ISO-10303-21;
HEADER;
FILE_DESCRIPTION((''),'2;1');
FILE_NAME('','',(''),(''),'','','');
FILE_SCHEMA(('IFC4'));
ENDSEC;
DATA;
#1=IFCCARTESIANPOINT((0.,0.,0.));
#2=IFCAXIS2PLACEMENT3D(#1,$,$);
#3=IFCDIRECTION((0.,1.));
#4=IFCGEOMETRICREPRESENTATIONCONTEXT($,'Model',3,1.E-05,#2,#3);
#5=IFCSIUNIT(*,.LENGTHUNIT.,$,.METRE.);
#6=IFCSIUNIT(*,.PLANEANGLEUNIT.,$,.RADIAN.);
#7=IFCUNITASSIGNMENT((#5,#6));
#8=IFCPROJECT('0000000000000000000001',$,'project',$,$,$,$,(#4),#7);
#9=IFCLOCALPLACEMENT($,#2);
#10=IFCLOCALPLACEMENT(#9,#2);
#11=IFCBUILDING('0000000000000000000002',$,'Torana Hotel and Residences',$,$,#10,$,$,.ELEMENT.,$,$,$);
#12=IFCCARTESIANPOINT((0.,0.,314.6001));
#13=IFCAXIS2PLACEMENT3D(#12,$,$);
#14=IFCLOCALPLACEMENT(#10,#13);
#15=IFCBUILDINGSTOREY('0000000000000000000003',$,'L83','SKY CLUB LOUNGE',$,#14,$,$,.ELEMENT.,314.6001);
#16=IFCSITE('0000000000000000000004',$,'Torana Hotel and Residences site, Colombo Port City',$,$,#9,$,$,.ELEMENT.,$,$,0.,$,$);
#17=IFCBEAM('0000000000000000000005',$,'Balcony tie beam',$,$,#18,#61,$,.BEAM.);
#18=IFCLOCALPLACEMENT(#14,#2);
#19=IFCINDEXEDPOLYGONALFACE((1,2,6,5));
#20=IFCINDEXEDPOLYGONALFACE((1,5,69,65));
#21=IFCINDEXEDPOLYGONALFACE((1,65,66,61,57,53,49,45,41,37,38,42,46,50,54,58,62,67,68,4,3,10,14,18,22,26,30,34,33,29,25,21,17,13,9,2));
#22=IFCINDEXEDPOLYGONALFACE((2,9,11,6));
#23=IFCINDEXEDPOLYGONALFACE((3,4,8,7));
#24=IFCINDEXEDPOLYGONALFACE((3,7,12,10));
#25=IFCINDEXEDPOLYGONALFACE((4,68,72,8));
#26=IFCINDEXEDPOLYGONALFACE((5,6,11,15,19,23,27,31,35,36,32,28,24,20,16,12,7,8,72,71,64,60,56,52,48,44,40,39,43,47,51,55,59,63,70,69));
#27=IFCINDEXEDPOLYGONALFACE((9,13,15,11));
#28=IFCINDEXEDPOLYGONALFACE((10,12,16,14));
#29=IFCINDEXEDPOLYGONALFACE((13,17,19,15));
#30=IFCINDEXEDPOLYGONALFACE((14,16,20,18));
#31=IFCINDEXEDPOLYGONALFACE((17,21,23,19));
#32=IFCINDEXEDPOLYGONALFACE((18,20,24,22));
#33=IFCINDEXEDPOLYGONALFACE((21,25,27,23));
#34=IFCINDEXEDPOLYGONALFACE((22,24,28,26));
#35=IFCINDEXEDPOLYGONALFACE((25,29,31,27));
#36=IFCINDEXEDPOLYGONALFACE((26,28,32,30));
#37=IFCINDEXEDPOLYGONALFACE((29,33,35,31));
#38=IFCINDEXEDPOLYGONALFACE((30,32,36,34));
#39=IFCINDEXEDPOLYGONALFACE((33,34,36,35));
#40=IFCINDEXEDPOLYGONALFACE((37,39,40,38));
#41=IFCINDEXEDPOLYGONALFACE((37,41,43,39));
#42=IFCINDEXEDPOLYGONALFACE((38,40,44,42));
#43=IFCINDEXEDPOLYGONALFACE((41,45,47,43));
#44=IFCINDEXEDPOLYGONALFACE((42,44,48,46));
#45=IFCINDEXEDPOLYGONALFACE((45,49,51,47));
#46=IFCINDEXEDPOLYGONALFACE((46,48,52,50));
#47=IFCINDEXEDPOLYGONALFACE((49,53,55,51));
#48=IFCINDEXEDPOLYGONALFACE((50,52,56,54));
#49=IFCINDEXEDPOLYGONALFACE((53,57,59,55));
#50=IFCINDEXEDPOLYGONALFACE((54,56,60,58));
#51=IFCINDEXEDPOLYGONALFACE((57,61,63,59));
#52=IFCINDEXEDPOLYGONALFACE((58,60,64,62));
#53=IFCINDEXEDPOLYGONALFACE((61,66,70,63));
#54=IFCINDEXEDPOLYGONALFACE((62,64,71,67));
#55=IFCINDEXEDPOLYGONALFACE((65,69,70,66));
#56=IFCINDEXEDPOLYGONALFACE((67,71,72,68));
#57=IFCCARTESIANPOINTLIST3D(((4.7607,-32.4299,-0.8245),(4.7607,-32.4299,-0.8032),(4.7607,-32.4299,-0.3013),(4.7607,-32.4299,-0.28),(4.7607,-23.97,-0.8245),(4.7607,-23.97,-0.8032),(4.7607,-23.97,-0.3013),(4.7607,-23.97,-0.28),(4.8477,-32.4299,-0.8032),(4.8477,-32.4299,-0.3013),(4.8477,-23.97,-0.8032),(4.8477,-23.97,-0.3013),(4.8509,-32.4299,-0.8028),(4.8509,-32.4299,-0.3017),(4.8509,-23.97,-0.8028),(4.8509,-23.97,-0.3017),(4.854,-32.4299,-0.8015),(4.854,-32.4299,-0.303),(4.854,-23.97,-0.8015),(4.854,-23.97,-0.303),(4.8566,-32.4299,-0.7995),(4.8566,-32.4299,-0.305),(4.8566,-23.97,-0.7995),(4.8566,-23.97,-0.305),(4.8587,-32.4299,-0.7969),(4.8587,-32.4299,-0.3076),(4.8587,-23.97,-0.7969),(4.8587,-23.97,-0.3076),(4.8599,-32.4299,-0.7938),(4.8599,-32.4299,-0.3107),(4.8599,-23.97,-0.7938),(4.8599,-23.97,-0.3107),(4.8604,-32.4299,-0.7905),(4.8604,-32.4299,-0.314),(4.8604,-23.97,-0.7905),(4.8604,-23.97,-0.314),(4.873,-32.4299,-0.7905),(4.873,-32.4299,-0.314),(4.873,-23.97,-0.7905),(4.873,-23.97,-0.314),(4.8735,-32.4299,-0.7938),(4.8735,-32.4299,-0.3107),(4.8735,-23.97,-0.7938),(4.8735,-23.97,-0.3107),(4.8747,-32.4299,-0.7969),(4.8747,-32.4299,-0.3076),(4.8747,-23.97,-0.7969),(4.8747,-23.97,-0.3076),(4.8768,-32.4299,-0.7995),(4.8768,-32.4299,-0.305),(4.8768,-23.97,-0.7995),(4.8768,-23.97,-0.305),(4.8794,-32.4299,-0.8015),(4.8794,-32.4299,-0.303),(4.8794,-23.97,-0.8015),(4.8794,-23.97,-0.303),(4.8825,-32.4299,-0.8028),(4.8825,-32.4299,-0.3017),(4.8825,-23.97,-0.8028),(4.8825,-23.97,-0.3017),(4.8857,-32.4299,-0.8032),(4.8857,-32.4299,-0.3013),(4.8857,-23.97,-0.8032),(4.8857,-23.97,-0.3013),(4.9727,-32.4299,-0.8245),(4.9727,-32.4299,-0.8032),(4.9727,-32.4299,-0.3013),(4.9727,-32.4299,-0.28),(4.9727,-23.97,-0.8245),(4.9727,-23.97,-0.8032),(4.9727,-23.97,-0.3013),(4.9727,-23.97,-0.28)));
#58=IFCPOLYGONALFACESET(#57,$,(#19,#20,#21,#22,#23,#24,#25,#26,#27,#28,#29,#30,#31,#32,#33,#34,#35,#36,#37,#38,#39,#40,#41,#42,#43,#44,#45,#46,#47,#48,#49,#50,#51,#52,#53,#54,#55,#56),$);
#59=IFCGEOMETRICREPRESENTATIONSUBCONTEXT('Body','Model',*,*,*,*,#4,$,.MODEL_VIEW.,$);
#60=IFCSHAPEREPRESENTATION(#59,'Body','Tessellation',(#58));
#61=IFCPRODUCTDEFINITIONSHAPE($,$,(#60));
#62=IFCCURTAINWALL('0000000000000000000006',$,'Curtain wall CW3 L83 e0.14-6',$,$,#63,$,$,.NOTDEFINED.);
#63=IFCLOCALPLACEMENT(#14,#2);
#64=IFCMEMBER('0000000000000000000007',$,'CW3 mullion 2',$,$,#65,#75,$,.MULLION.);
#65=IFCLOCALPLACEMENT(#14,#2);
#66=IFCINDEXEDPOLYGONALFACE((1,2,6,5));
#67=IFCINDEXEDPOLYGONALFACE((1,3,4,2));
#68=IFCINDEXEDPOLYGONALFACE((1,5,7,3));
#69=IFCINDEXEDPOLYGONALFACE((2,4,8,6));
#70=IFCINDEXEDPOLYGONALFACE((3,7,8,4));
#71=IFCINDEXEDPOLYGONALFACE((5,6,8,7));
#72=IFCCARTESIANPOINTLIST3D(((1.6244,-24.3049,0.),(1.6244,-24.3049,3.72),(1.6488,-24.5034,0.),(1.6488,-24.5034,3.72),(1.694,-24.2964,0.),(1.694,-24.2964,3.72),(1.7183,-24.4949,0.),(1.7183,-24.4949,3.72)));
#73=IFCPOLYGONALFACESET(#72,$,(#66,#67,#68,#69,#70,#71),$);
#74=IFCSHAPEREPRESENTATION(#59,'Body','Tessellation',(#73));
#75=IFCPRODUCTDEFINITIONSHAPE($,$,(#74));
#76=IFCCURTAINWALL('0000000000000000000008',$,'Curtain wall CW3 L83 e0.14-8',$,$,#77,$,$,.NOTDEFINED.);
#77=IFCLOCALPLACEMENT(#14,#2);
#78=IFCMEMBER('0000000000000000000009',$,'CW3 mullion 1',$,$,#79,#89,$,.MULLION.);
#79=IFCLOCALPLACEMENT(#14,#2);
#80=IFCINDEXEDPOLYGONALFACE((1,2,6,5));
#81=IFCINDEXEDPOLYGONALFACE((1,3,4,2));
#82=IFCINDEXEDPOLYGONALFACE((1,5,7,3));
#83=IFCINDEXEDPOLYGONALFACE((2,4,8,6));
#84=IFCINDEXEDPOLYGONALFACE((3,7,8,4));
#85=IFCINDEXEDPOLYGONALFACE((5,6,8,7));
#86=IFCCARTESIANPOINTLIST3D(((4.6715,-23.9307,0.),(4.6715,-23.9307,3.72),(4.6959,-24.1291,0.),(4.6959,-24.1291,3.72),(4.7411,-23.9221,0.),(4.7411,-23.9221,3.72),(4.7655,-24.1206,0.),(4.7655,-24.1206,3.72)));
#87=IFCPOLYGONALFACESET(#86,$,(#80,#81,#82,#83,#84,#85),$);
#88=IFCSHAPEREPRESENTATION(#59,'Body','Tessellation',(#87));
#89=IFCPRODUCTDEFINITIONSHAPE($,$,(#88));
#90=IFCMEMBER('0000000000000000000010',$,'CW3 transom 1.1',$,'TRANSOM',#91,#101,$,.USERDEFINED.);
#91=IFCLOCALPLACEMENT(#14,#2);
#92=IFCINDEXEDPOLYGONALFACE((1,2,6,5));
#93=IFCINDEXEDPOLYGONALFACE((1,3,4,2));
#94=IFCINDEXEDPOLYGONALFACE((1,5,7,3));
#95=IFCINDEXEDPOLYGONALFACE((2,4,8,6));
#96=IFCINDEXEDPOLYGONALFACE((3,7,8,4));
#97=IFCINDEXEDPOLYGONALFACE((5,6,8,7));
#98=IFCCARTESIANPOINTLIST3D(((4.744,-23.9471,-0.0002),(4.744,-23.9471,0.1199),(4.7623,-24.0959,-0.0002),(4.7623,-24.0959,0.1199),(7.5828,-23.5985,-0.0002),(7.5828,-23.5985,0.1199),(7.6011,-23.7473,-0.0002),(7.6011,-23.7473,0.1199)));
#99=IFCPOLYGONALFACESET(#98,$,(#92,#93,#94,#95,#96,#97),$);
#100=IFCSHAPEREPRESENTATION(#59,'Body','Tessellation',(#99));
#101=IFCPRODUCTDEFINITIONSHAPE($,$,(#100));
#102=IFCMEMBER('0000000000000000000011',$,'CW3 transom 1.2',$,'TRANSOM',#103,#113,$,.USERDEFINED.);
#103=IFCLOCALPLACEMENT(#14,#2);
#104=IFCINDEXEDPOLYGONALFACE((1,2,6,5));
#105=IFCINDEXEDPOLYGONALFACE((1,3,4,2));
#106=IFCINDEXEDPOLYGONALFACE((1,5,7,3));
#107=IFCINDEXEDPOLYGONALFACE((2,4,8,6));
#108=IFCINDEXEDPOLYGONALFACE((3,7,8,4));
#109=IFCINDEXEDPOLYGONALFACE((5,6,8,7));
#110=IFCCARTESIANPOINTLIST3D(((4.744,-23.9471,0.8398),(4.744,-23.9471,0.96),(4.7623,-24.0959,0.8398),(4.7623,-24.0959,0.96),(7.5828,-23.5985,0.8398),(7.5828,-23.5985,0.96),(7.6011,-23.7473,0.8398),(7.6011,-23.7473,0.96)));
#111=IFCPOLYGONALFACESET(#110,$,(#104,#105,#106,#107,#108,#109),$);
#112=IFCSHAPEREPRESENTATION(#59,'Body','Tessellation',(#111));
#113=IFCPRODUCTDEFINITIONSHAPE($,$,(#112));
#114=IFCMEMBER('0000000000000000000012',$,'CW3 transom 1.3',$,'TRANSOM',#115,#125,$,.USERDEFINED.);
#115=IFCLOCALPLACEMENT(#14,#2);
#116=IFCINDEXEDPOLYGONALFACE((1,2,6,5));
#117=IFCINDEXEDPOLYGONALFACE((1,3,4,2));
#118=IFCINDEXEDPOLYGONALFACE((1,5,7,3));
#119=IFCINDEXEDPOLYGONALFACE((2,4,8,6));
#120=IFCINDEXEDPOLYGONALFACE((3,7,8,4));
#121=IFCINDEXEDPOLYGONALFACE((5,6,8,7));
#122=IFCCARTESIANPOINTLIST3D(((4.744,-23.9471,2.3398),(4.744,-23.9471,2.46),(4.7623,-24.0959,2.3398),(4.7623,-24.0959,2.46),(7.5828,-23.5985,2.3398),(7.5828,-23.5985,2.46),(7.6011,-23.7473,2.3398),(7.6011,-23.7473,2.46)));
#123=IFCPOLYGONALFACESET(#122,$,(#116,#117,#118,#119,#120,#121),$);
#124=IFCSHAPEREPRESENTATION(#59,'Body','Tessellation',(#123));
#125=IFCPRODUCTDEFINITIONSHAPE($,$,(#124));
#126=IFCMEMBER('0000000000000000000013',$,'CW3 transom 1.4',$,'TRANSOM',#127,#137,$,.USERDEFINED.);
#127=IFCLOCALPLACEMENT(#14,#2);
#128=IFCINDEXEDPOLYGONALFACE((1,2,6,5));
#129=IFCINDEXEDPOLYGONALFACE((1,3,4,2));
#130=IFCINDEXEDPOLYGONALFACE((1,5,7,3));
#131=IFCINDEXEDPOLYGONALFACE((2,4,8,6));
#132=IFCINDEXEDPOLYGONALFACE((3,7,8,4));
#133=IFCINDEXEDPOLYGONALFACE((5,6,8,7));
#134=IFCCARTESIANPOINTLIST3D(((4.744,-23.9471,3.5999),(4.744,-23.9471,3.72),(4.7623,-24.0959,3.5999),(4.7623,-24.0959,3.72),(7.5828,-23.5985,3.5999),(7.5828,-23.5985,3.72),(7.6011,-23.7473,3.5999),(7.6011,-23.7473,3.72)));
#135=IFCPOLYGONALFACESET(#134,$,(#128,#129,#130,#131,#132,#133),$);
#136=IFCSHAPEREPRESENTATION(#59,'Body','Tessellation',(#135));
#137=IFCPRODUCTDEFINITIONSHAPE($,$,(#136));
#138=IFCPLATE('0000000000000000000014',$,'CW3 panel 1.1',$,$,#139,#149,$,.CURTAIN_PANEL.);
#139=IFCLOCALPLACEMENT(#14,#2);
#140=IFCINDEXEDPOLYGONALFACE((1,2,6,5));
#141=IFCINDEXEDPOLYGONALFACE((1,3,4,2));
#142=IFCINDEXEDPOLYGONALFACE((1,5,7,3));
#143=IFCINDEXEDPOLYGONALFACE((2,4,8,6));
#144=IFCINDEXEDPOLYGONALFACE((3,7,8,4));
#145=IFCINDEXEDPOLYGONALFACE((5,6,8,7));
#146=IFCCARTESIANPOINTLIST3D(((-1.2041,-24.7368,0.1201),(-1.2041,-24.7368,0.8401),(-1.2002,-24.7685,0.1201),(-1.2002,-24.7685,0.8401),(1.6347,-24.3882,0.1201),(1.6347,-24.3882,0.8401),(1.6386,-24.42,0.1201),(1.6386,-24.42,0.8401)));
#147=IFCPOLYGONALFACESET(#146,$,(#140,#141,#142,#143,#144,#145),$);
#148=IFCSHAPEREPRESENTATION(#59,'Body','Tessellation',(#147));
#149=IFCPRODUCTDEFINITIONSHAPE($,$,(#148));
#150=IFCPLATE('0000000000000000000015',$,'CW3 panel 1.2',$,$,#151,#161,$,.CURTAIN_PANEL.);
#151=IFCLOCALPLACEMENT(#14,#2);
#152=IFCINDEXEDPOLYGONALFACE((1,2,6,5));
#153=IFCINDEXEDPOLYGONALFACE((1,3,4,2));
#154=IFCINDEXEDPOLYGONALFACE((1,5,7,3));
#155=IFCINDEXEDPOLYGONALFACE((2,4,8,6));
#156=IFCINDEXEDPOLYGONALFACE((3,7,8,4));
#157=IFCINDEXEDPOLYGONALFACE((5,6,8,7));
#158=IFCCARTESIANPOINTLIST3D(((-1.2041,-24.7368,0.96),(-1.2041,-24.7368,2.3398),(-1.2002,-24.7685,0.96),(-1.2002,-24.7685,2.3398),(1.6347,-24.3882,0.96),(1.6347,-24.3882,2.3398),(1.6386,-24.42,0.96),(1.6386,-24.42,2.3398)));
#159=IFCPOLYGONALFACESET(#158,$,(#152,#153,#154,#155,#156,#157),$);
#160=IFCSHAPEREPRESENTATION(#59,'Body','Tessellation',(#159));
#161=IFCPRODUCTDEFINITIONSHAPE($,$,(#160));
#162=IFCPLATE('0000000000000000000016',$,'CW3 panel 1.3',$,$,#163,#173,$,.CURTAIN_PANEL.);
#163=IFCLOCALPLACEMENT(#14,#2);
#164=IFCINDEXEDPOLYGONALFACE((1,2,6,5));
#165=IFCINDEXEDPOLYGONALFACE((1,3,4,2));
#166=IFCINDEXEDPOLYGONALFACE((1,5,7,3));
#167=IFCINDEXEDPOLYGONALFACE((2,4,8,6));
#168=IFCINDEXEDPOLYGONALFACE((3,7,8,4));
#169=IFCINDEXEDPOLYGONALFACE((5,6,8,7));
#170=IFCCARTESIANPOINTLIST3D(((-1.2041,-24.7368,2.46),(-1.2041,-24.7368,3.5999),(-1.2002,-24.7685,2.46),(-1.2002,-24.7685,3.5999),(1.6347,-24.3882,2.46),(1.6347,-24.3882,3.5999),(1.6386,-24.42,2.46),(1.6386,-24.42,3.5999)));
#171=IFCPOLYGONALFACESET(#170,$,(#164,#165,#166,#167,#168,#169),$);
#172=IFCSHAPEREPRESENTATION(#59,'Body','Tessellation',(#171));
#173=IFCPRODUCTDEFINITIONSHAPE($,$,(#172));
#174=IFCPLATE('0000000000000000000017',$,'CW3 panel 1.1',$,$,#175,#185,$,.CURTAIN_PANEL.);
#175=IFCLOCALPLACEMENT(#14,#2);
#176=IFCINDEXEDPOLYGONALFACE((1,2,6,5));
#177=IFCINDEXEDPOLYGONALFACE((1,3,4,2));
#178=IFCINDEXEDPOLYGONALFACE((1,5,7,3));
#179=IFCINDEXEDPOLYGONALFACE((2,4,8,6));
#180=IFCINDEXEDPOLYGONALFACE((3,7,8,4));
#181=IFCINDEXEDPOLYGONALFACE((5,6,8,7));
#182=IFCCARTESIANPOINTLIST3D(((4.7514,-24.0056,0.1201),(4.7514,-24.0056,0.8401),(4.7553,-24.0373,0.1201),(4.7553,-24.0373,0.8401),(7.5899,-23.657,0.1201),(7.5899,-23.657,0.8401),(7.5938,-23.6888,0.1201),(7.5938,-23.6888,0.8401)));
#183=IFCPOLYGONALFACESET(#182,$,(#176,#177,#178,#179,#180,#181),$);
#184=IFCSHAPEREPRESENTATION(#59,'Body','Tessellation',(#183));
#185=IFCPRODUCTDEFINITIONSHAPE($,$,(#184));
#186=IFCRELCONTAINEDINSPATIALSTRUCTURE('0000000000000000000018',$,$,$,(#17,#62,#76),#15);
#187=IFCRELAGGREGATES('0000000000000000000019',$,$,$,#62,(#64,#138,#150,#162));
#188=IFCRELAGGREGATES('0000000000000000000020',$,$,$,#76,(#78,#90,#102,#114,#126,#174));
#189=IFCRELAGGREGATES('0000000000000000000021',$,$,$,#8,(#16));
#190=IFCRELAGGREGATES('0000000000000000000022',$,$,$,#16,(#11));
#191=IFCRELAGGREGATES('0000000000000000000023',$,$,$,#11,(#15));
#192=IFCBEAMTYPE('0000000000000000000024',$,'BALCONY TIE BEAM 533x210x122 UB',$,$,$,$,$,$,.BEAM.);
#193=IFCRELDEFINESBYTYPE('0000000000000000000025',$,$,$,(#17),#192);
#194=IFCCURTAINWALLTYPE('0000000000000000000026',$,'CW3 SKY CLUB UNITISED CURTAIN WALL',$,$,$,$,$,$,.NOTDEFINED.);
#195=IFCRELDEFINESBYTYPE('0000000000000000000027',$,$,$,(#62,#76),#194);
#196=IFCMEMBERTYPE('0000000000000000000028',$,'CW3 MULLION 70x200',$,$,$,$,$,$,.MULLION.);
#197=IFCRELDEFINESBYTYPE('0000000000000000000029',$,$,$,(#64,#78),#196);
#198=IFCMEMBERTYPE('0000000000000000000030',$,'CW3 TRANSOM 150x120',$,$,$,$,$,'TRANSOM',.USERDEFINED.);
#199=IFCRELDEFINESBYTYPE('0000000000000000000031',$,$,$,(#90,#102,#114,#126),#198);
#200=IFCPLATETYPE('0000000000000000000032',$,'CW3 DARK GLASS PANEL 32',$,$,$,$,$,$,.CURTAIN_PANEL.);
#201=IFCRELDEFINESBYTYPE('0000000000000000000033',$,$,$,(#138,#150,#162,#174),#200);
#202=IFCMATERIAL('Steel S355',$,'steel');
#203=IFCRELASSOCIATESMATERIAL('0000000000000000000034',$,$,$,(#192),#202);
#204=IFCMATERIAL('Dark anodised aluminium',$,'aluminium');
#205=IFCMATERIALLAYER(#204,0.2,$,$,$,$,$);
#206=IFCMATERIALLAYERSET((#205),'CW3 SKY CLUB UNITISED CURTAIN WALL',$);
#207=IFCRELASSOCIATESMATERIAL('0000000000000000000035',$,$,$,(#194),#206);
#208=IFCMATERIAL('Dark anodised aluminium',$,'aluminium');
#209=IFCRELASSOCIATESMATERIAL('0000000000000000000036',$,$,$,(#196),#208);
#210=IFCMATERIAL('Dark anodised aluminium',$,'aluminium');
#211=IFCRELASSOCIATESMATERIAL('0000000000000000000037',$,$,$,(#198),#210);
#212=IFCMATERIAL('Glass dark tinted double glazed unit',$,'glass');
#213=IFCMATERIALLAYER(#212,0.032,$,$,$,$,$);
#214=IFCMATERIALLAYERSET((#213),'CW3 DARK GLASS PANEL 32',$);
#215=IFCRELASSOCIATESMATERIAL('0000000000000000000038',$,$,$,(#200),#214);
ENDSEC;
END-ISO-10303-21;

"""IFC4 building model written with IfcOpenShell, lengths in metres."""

from ifc_helpers import new_model, si_unit, direction, frame, origin, origin_2d, place, context, subcontext, project, spatial, rectangle, i_section, extrude, material, layer, layer_set, material_profile, profile_set, type_object, element, aggregate, save


model = new_model("IFC4")

# Units and contexts
model_context = context("Model", 3, precision=1e-05, world=origin(), true_north=direction((0.0, 1.0)))
body_context = subcontext(model_context, "Body", "Model", "MODEL_VIEW")
ifc_project = project(units=[si_unit("LENGTHUNIT", "METRE"), si_unit("PLANEANGLEUNIT", "RADIAN")], contexts=[model_context])

# Site, building, storey
site_placement = place(None, origin())
site = spatial("IfcSite", under=ifc_project, at=site_placement, Name="Torana Hotel and Residences site, Colombo Port City", CompositionType="ELEMENT", RefElevation=0.0)
building_placement = place(site_placement, origin())
building = spatial("IfcBuilding", under=site, at=building_placement, Name="Torana Hotel and Residences", CompositionType="ELEMENT")
storey_placement = place(building_placement, frame((0.0, 0.0, 314.6001)))
storey = spatial("IfcBuildingStorey", under=building, at=storey_placement, Name="L83", Description="SKY CLUB LOUNGE", CompositionType="ELEMENT", Elevation=314.6001)

# Beam
ifc_material_1 = material(Name="Steel S355", Category="steel")
ifc_material_profile_1 = material_profile(ifc_material_1, i_section(OverallWidth=0.2119, OverallDepth=0.5444, WebThickness=0.0127, FlangeThickness=0.0212, FilletRadius=0.0127, at=origin_2d()), Name="533x210x122 UB")
ifc_profile_set_1 = profile_set([ifc_material_profile_1], Name="Steel S355")
beam_type = type_object("IfcBeamType", Name="BALCONY TIE BEAM 533x210x122 UB", PredefinedType="BEAM", material=ifc_profile_set_1)
beam_placement = place(storey_placement, frame((4.8667, -32.4299, -0.5522), z_axis=(0.0, 1.0, 0.0), x_axis=(-1.0, 0.0, 0.0)))
element("IfcBeam", 1, at=beam_placement, inside=storey, type_object=beam_type, Name="Balcony tie beam", PredefinedType="BEAM", context=body_context, shape_type="SweptSolid", body=[
    extrude(i_section(OverallWidth=0.2119, OverallDepth=0.5444, WebThickness=0.0127, FlangeThickness=0.0212, FilletRadius=0.0127, at=origin_2d()), origin(), (0.0, 0.0, 1.0), 8.46),
])

# Curtain wall, member
ifc_material_2 = material(Name="Dark anodised aluminium", Category="aluminium")
ifc_layer_1 = layer(ifc_material_2, 0.2)
ifc_layer_set_1 = layer_set([ifc_layer_1], Name="CW3 SKY CLUB UNITISED CURTAIN WALL")
curtain_wall_type = type_object("IfcCurtainWallType", Name="CW3 SKY CLUB UNITISED CURTAIN WALL", PredefinedType="NOTDEFINED", material=ifc_layer_set_1)
curtain_wall_1_placement = place(storey_placement, origin())
curtain_wall_1 = element("IfcCurtainWall", 2, at=curtain_wall_1_placement, inside=storey, type_object=curtain_wall_type, Name="Curtain wall CW3 L83 e0.14-6", PredefinedType="NOTDEFINED")
ifc_material_3 = material(Name="Dark anodised aluminium", Category="aluminium")
ifc_material_profile_2 = material_profile(ifc_material_3, rectangle(XDim=0.2, YDim=0.0701, at=origin_2d()), Name="CW3 MULLION 70x200")
ifc_profile_set_2 = profile_set([ifc_material_profile_2], Name="Dark anodised aluminium")
member_type_1 = type_object("IfcMemberType", Name="CW3 MULLION 70x200", PredefinedType="MULLION", material=ifc_profile_set_2)
member_1_placement = place(storey_placement, frame((1.6714, -24.3999, 0.0), z_axis=(0.0, 0.0, 1.0), x_axis=(-0.121864, 0.992547, 0.0)))
member_1 = element("IfcMember", 3, at=member_1_placement, type_object=member_type_1, Name="CW3 mullion 2", PredefinedType="MULLION", context=body_context, shape_type="SweptSolid", body=[
    extrude(rectangle(XDim=0.2, YDim=0.0701, at=origin_2d()), origin(), (0.0, 0.0, 1.0), 3.72),
])

# Curtain wall, members
curtain_wall_2_placement = place(storey_placement, origin())
curtain_wall_2 = element("IfcCurtainWall", 4, at=curtain_wall_2_placement, inside=storey, type_object=curtain_wall_type, Name="Curtain wall CW3 L83 e0.14-8", PredefinedType="NOTDEFINED")
member_2_placement = place(storey_placement, frame((4.7185, -24.0256, 0.0), z_axis=(0.0, 0.0, 1.0), x_axis=(-0.121868, 0.992546, 0.0)))
member_2 = element("IfcMember", 5, at=member_2_placement, type_object=member_type_1, Name="CW3 mullion 1", PredefinedType="MULLION", context=body_context, shape_type="SweptSolid", body=[
    extrude(rectangle(XDim=0.2, YDim=0.0701, at=origin_2d()), origin(), (0.0, 0.0, 1.0), 3.72),
])
ifc_material_4 = material(Name="Dark anodised aluminium", Category="aluminium")
ifc_material_profile_3 = material_profile(ifc_material_4, rectangle(XDim=0.1499, YDim=0.1201, at=origin_2d()), Name="CW3 TRANSOM 150x120")
ifc_profile_set_3 = profile_set([ifc_material_profile_3], Name="Dark anodised aluminium")
member_type_2 = type_object("IfcMemberType", Name="CW3 TRANSOM 150x120", ElementType="TRANSOM", PredefinedType="USERDEFINED", material=ifc_profile_set_3)
member_3_placement = place(storey_placement, frame((4.7532, -24.0215, 0.0598), z_axis=(0.992543, 0.121891, 0.0), x_axis=(-0.121891, 0.992543, 0.0)))
member_3 = element("IfcMember", 6, at=member_3_placement, type_object=member_type_2, Name="CW3 transom 1.1", ObjectType="TRANSOM", PredefinedType="USERDEFINED", context=body_context, shape_type="SweptSolid", body=[
    extrude(rectangle(XDim=0.1499, YDim=0.1201, at=origin_2d()), origin(), (0.0, 0.0, 1.0), 2.8601),
])
member_4_placement = place(storey_placement, frame((4.7532, -24.0215, 0.8999), z_axis=(0.992543, 0.121891, 0.0), x_axis=(-0.121891, 0.992543, 0.0)))
member_4 = element("IfcMember", 7, at=member_4_placement, type_object=member_type_2, Name="CW3 transom 1.2", ObjectType="TRANSOM", PredefinedType="USERDEFINED", context=body_context, shape_type="SweptSolid", body=[
    extrude(rectangle(XDim=0.1499, YDim=0.1201, at=origin_2d()), origin(), (0.0, 0.0, 1.0), 2.8601),
])
member_5_placement = place(storey_placement, frame((4.7532, -24.0215, 2.3999), z_axis=(0.992543, 0.121891, 0.0), x_axis=(-0.121891, 0.992543, 0.0)))
member_5 = element("IfcMember", 8, at=member_5_placement, type_object=member_type_2, Name="CW3 transom 1.3", ObjectType="TRANSOM", PredefinedType="USERDEFINED", context=body_context, shape_type="SweptSolid", body=[
    extrude(rectangle(XDim=0.1499, YDim=0.1201, at=origin_2d()), origin(), (0.0, 0.0, 1.0), 2.8601),
])
member_6_placement = place(storey_placement, frame((4.7532, -24.0215, 3.6599), z_axis=(0.992543, 0.121891, 0.0), x_axis=(-0.121891, 0.992543, 0.0)))
member_6 = element("IfcMember", 9, at=member_6_placement, type_object=member_type_2, Name="CW3 transom 1.4", ObjectType="TRANSOM", PredefinedType="USERDEFINED", context=body_context, shape_type="SweptSolid", body=[
    extrude(rectangle(XDim=0.1499, YDim=0.1201, at=origin_2d()), origin(), (0.0, 0.0, 1.0), 2.8601),
])

# Plates
ifc_material_5 = material(Name="Glass dark tinted double glazed unit", Category="glass")
ifc_layer_2 = layer(ifc_material_5, 0.032)
ifc_layer_set_2 = layer_set([ifc_layer_2], Name="CW3 DARK GLASS PANEL 32")
plate_type = type_object("IfcPlateType", Name="CW3 DARK GLASS PANEL 32", PredefinedType="CURTAIN_PANEL", material=ifc_layer_set_2)
plate_1_placement = place(storey_placement, frame((0.2173, -24.5784, 0.1201), z_axis=(0.0, 0.0, 1.0), x_axis=(0.992547, 0.121864, 0.0)))
plate_1 = element("IfcPlate", 10, at=plate_1_placement, type_object=plate_type, Name="CW3 panel 1.1", PredefinedType="CURTAIN_PANEL", context=body_context, shape_type="SweptSolid", body=[
    extrude(rectangle(XDim=2.8601, YDim=0.032, at=origin_2d()), origin(), (0.0, 0.0, 1.0), 0.72),
])
plate_2_placement = place(storey_placement, frame((0.2173, -24.5784, 0.96), z_axis=(0.0, 0.0, 1.0), x_axis=(0.992547, 0.121864, 0.0)))
plate_2 = element("IfcPlate", 11, at=plate_2_placement, type_object=plate_type, Name="CW3 panel 1.2", PredefinedType="CURTAIN_PANEL", context=body_context, shape_type="SweptSolid", body=[
    extrude(rectangle(XDim=2.8601, YDim=0.032, at=origin_2d()), origin(), (0.0, 0.0, 1.0), 1.3799),
])
plate_3_placement = place(storey_placement, frame((0.2173, -24.5784, 2.46), z_axis=(0.0, 0.0, 1.0), x_axis=(0.992547, 0.121864, 0.0)))
plate_3 = element("IfcPlate", 12, at=plate_3_placement, type_object=plate_type, Name="CW3 panel 1.3", PredefinedType="CURTAIN_PANEL", context=body_context, shape_type="SweptSolid", body=[
    extrude(rectangle(XDim=2.8601, YDim=0.032, at=origin_2d()), origin(), (0.0, 0.0, 1.0), 1.1399),
])
aggregate(curtain_wall_1, [member_1, plate_1, plate_2, plate_3])
plate_4_placement = place(storey_placement, frame((6.1726, -23.8472, 0.1201), z_axis=(0.0, 0.0, 1.0), x_axis=(0.992546, 0.121868, 0.0)))
plate_4 = element("IfcPlate", 13, at=plate_4_placement, type_object=plate_type, Name="CW3 panel 1.1", PredefinedType="CURTAIN_PANEL", context=body_context, shape_type="SweptSolid", body=[
    extrude(rectangle(XDim=2.8599, YDim=0.032, at=origin_2d()), origin(), (0.0, 0.0, 1.0), 0.72),
])
aggregate(curtain_wall_2, [member_2, member_3, member_4, member_5, member_6, plate_4])

save(model, "model.ifc")
